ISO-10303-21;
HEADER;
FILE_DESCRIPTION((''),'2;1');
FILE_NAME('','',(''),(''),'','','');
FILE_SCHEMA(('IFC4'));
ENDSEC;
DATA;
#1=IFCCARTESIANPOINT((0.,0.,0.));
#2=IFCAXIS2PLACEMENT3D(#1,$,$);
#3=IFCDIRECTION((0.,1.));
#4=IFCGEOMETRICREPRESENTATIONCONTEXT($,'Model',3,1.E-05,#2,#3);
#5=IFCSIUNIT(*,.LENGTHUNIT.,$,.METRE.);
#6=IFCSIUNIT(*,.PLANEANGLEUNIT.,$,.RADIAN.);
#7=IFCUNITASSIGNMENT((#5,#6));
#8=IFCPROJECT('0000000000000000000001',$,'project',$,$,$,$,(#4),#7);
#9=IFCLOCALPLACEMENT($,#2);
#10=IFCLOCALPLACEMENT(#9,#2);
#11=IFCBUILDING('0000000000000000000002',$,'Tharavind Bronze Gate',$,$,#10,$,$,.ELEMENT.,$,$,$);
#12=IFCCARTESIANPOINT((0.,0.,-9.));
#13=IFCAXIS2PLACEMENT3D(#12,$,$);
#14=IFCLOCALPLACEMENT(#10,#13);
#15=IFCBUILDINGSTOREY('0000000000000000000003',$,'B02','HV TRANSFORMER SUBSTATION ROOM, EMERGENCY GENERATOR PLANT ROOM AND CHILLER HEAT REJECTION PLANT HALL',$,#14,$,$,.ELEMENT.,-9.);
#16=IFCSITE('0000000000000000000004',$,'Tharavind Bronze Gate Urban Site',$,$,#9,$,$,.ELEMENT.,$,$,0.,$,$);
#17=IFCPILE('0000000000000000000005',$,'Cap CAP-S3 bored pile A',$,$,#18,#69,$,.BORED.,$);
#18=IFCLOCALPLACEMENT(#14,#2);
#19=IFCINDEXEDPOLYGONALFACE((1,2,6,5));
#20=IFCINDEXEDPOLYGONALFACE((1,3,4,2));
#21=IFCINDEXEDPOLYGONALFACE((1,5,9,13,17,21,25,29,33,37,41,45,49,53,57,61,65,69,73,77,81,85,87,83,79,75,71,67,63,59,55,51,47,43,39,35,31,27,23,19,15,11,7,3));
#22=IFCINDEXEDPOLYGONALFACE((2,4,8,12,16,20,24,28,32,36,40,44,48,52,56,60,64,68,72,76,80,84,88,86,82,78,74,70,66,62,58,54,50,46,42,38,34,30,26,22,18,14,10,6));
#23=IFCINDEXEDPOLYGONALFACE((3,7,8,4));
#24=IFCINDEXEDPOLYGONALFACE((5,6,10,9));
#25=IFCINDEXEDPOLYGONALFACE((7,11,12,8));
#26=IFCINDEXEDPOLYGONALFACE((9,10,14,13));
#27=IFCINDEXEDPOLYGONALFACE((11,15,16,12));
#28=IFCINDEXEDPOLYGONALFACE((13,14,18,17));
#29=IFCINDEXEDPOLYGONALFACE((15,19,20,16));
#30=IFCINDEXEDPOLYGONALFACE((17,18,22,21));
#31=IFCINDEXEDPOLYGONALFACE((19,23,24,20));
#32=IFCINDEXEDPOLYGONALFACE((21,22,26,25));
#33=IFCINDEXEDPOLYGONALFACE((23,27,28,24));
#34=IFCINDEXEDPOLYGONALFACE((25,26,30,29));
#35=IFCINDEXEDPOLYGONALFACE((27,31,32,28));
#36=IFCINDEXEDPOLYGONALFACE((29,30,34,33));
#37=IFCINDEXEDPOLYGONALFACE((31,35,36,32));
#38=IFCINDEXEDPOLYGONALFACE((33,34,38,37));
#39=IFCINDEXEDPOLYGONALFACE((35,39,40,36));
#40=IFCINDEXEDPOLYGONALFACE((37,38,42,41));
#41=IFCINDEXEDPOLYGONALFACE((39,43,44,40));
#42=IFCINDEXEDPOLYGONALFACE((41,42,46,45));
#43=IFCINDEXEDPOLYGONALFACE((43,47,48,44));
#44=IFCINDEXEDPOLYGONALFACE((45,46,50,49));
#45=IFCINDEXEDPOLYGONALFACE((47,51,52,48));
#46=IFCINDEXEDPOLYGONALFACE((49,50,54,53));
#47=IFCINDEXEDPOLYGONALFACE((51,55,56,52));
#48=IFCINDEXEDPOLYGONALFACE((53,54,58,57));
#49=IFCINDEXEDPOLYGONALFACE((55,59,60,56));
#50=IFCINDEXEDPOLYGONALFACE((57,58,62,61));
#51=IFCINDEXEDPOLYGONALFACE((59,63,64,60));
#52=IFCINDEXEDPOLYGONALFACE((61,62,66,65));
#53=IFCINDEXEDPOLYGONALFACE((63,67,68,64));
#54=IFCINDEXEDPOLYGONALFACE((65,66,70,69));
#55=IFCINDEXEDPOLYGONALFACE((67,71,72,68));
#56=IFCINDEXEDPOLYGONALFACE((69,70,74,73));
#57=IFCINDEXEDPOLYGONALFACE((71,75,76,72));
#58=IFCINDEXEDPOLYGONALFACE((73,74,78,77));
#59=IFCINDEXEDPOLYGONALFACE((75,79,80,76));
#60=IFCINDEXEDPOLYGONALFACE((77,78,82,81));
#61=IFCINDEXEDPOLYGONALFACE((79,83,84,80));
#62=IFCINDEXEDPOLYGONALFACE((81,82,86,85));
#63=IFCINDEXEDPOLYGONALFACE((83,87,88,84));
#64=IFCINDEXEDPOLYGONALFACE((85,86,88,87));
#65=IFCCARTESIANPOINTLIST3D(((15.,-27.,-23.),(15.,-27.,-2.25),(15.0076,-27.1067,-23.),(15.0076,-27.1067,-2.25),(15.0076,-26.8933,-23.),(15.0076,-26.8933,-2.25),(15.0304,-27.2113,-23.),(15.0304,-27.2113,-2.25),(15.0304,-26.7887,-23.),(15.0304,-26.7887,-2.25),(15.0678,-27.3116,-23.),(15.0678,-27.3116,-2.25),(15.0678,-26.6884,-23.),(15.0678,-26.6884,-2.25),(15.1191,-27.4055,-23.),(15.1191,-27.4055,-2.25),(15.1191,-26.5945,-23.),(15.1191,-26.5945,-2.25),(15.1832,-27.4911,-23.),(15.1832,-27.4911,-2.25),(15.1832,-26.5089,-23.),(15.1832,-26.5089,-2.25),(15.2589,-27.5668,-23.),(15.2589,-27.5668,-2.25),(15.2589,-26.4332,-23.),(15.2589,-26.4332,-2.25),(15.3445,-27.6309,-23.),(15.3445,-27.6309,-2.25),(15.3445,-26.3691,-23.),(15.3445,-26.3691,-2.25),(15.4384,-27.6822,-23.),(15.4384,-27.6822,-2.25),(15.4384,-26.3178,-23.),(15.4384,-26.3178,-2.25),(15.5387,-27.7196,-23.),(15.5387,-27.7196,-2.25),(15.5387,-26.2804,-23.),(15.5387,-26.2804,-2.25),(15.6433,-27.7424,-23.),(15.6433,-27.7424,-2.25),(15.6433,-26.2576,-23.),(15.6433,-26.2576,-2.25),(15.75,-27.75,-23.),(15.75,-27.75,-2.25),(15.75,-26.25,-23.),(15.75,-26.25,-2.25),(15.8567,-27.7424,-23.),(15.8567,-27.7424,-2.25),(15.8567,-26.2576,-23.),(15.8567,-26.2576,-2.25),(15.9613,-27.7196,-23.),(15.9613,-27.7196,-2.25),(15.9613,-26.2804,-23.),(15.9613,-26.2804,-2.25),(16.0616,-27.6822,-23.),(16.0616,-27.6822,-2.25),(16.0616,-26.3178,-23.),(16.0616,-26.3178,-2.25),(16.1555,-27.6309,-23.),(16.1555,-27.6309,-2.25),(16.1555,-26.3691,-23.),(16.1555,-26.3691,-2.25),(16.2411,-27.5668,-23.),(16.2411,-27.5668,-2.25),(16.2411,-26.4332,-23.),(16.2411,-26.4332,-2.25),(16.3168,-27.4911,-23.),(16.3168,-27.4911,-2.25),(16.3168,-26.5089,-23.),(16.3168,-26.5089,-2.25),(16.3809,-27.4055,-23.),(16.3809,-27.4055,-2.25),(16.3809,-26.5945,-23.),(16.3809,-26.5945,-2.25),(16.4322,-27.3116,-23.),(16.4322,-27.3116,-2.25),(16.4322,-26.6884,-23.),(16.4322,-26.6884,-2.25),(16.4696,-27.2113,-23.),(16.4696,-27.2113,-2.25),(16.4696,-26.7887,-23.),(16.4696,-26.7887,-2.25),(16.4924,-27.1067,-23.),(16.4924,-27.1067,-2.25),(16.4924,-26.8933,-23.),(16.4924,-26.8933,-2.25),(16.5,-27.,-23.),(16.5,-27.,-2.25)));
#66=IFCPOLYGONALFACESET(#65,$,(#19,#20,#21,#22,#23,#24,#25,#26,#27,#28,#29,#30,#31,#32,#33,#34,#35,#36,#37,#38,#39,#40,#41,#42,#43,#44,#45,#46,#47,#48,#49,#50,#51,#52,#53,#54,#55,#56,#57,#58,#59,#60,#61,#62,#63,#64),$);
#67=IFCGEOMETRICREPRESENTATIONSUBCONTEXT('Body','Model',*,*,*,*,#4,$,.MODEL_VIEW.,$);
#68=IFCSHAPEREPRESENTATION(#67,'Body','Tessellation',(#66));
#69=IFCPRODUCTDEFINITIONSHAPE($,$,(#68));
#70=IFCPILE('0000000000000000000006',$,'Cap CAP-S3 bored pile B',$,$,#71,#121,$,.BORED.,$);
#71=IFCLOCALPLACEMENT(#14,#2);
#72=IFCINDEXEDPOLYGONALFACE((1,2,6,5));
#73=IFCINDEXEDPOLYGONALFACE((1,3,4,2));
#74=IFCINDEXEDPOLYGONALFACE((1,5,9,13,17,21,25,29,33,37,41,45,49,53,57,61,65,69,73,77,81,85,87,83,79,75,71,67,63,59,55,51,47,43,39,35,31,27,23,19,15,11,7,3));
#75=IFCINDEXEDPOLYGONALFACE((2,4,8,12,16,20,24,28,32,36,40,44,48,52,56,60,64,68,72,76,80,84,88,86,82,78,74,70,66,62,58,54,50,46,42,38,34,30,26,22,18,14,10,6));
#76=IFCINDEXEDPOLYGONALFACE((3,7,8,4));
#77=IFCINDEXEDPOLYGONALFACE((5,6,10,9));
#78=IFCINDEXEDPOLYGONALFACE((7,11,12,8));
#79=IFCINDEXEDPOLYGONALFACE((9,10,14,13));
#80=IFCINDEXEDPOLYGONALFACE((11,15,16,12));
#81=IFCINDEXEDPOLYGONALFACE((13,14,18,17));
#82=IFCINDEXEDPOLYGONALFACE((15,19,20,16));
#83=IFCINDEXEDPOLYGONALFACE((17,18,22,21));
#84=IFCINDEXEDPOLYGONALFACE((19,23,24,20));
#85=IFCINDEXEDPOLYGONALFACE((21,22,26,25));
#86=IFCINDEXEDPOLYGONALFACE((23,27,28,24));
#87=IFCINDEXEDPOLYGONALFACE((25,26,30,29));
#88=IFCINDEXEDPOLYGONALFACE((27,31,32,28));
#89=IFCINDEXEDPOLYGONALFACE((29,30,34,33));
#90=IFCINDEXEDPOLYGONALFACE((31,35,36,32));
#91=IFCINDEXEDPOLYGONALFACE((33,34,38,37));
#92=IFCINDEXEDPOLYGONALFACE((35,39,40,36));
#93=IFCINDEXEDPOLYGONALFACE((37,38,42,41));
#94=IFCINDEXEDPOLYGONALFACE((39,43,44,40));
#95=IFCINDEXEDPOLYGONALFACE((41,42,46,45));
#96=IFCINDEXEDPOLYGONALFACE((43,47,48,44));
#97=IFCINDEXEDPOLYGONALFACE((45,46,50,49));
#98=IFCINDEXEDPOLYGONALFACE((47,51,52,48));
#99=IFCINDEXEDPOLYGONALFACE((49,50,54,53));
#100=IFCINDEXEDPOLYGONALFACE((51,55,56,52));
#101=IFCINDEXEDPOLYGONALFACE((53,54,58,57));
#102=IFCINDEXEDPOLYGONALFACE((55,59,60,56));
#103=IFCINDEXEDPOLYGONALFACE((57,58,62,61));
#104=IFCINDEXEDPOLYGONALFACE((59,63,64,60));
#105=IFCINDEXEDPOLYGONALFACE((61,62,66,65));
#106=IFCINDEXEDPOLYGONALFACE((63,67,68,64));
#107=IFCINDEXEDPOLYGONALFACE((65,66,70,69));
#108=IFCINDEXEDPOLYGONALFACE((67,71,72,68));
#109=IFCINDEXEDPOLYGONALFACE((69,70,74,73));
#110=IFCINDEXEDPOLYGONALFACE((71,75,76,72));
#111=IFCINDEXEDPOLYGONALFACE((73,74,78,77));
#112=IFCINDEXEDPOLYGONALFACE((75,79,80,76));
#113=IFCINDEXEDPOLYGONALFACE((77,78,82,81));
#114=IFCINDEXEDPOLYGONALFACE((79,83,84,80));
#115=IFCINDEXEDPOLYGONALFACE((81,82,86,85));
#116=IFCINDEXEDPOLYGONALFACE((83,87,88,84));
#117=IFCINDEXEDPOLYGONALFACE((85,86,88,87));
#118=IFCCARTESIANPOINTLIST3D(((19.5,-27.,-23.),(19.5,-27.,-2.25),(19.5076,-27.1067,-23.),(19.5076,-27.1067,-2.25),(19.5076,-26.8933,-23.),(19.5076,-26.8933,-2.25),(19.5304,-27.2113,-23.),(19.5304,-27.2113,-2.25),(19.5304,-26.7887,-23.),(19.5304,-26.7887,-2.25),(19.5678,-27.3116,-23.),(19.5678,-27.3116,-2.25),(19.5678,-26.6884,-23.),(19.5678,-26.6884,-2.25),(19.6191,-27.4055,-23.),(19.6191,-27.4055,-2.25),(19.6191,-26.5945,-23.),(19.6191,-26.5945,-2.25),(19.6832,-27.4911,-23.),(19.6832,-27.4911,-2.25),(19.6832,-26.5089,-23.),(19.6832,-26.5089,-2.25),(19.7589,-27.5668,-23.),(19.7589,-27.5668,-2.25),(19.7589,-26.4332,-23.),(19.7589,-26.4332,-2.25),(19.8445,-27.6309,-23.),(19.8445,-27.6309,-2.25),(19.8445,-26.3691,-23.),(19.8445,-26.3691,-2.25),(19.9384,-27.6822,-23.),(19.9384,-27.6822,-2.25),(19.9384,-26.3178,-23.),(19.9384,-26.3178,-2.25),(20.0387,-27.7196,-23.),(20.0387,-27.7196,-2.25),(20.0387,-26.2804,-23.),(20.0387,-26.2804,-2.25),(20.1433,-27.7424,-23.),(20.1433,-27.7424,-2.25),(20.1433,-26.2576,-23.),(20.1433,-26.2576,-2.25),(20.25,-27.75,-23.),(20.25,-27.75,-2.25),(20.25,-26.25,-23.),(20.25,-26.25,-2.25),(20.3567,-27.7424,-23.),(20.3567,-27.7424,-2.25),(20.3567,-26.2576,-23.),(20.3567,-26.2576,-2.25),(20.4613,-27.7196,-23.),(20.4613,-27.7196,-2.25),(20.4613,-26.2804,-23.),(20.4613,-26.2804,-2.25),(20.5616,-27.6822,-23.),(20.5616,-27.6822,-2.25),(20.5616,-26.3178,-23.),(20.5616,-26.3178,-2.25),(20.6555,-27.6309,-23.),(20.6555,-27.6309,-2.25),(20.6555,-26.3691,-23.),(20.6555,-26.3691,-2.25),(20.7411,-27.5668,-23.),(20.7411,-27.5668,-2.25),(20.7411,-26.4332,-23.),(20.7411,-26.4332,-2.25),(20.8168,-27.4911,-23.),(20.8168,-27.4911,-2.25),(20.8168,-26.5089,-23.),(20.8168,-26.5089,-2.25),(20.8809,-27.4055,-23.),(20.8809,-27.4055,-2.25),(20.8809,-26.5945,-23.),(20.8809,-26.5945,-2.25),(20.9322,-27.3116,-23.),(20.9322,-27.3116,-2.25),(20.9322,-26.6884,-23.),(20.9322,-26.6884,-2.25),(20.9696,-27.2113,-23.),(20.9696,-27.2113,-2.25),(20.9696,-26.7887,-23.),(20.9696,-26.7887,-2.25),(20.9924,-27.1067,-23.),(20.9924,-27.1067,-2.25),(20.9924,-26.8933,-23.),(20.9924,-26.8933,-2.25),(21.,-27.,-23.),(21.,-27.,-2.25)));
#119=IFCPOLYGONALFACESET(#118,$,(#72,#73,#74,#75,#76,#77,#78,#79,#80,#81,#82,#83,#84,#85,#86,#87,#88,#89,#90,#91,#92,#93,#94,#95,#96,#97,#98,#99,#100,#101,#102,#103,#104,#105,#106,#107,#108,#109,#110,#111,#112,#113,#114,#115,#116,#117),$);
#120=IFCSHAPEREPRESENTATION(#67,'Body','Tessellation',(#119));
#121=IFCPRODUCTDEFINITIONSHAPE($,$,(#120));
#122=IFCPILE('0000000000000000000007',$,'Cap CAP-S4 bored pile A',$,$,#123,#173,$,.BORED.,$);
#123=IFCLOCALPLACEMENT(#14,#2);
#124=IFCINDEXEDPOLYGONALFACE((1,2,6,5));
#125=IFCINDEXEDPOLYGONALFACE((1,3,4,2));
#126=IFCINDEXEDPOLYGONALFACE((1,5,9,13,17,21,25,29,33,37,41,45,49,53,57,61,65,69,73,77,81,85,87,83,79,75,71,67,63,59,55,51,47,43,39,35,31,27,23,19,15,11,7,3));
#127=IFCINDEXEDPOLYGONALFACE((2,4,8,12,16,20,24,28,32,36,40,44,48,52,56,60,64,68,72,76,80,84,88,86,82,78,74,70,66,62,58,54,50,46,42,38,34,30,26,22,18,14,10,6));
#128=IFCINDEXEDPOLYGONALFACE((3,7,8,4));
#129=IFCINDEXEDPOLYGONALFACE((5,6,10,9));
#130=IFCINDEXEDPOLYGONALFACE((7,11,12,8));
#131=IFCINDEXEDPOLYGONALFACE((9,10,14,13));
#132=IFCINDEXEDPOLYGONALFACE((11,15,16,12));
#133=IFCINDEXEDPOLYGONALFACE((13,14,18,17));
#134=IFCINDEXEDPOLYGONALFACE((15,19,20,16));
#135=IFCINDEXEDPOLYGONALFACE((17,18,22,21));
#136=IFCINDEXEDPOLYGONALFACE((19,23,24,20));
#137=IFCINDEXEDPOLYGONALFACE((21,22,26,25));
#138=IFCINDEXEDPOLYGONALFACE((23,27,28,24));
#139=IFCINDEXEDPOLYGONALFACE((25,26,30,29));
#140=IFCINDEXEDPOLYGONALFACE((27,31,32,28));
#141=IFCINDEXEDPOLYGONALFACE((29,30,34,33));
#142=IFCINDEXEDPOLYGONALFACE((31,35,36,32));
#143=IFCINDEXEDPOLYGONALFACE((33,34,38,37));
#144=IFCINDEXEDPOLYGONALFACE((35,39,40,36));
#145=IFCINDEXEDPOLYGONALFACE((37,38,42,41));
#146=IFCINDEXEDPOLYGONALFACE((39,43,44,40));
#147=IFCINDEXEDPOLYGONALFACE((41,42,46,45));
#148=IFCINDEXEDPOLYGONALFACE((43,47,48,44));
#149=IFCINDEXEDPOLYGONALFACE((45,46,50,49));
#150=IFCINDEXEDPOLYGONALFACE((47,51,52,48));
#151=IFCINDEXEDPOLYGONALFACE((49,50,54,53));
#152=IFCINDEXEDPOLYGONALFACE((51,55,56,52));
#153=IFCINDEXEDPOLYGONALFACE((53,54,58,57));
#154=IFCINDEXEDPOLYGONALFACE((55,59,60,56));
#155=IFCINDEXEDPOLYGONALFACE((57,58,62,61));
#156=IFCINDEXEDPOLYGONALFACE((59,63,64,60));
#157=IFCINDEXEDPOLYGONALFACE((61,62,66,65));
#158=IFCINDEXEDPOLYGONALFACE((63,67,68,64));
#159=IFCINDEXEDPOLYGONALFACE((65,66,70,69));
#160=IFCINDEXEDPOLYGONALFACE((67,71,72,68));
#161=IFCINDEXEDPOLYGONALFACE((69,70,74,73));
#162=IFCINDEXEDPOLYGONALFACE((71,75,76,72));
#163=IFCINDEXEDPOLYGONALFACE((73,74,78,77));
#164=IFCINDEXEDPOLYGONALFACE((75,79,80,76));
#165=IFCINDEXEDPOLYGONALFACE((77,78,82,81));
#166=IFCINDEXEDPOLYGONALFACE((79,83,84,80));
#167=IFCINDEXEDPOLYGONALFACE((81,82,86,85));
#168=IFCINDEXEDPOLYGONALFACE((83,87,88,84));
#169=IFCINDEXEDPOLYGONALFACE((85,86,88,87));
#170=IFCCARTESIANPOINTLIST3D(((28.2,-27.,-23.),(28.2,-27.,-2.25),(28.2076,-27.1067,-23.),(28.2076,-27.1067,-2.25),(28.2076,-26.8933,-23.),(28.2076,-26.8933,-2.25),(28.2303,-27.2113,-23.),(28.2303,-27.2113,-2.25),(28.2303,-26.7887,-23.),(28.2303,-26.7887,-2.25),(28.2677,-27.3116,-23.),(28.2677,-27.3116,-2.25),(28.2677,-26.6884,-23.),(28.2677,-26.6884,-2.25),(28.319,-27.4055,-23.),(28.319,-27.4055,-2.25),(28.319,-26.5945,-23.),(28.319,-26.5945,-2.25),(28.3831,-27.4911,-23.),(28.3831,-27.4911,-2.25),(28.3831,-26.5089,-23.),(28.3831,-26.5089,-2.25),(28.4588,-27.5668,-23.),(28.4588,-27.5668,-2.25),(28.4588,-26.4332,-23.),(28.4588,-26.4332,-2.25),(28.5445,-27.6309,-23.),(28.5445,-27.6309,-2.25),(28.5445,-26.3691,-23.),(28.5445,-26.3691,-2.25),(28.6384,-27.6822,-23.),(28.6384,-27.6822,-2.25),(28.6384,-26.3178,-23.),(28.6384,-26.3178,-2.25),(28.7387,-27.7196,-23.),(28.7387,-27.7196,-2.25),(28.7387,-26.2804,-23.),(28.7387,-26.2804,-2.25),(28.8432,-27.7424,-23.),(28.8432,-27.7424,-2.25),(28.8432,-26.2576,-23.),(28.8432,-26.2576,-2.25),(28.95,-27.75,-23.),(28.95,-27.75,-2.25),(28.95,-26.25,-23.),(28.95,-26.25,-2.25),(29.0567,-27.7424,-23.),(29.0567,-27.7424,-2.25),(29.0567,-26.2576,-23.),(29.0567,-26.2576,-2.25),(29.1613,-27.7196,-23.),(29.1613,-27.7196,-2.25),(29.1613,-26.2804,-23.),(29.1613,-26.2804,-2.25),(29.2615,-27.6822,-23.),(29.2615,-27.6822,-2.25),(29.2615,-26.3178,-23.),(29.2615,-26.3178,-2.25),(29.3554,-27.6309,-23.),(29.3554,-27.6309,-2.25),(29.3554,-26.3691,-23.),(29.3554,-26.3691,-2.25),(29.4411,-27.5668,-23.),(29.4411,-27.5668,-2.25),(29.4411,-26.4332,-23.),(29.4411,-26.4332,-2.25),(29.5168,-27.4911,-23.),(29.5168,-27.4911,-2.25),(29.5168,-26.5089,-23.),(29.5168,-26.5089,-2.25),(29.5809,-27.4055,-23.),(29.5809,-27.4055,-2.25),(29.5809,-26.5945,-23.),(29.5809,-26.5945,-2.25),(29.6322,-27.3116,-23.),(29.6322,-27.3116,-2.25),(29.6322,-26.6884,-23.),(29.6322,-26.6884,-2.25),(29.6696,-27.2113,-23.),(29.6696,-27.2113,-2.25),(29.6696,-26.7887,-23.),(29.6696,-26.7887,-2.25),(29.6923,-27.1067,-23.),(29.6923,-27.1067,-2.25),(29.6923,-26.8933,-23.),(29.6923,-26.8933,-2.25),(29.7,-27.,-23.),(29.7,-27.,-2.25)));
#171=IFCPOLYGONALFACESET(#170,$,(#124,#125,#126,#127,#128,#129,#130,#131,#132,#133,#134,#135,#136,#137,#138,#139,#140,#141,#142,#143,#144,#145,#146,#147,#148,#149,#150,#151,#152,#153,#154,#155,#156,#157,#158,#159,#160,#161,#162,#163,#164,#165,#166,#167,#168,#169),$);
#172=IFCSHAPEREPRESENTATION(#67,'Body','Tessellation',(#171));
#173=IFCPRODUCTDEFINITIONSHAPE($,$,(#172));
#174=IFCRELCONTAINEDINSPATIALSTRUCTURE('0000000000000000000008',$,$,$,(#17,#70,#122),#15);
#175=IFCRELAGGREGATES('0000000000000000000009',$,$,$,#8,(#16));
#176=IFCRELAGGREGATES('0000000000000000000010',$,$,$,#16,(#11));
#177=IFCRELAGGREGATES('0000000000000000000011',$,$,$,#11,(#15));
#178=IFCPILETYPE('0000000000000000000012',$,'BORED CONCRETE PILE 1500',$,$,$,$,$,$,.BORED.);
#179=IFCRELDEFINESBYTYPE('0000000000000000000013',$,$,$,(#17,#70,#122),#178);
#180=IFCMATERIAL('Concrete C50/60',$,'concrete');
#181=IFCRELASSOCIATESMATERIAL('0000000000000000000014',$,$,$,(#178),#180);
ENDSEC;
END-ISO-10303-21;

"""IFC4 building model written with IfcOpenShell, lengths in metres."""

from ifc_helpers import new_model, si_unit, direction, frame, origin, origin_2d, place, context, subcontext, project, spatial, circle, extrude, material, material_profile, profile_set, type_object, element, save


model = new_model("IFC4")

# Units and contexts
model_context = context("Model", 3, precision=1e-05, world=origin(), true_north=direction((0.0, 1.0)))
body_context = subcontext(model_context, "Body", "Model", "MODEL_VIEW")
ifc_project = project(units=[si_unit("LENGTHUNIT", "METRE"), si_unit("PLANEANGLEUNIT", "RADIAN")], contexts=[model_context])

# Site, building, storey
site_placement = place(None, origin())
site = spatial("IfcSite", under=ifc_project, at=site_placement, Name="Tharavind Bronze Gate Urban Site", CompositionType="ELEMENT", RefElevation=0.0)
building_placement = place(site_placement, origin())
building = spatial("IfcBuilding", under=site, at=building_placement, Name="Tharavind Bronze Gate", CompositionType="ELEMENT")
storey_placement = place(building_placement, frame((0.0, 0.0, -9.0)))
storey = spatial("IfcBuildingStorey", under=building, at=storey_placement, Name="B02", Description="HV TRANSFORMER SUBSTATION ROOM, EMERGENCY GENERATOR PLANT ROOM AND CHILLER HEAT REJECTION PLANT HALL", CompositionType="ELEMENT", Elevation=-9.0)

# Piles
ifc_material_1 = material(Name="Concrete C50/60", Category="concrete")
ifc_material_profile_1 = material_profile(ifc_material_1, circle(Radius=0.75, at=origin_2d()), Name="PILE1500")
ifc_profile_set_1 = profile_set([ifc_material_profile_1], Name="Concrete C50/60")
pile_type_1 = type_object("IfcPileType", Name="BORED CONCRETE PILE 1500", PredefinedType="BORED", material=ifc_profile_set_1)
for number, where, z_axis, x_axis, name in (
    (1, (15.75, -27.0, -2.25), (0.0, 0.0, -1.0), (1.0, 0.0, 0.0), "Cap CAP-S3 bored pile A"),
    (2, (20.25, -27.0, -2.25), (0.0, 0.0, -1.0), (1.0, 0.0, 0.0), "Cap CAP-S3 bored pile B"),
    (3, (28.95, -27.0, -2.25), (0.0, 0.0, -1.0), (1.0, 0.0, 0.0), "Cap CAP-S4 bored pile A"),
):
    element("IfcPile", number, at=place(storey_placement, frame(where, z_axis=z_axis, x_axis=x_axis)), inside=storey, type_object=pile_type_1, Name=name, PredefinedType="BORED", context=body_context, shape_type="SweptSolid", body=[
        extrude(circle(Radius=0.75, at=origin_2d()), origin(), (0.0, 0.0, 1.0), 20.75),
    ])

save(model, "model.ifc")
